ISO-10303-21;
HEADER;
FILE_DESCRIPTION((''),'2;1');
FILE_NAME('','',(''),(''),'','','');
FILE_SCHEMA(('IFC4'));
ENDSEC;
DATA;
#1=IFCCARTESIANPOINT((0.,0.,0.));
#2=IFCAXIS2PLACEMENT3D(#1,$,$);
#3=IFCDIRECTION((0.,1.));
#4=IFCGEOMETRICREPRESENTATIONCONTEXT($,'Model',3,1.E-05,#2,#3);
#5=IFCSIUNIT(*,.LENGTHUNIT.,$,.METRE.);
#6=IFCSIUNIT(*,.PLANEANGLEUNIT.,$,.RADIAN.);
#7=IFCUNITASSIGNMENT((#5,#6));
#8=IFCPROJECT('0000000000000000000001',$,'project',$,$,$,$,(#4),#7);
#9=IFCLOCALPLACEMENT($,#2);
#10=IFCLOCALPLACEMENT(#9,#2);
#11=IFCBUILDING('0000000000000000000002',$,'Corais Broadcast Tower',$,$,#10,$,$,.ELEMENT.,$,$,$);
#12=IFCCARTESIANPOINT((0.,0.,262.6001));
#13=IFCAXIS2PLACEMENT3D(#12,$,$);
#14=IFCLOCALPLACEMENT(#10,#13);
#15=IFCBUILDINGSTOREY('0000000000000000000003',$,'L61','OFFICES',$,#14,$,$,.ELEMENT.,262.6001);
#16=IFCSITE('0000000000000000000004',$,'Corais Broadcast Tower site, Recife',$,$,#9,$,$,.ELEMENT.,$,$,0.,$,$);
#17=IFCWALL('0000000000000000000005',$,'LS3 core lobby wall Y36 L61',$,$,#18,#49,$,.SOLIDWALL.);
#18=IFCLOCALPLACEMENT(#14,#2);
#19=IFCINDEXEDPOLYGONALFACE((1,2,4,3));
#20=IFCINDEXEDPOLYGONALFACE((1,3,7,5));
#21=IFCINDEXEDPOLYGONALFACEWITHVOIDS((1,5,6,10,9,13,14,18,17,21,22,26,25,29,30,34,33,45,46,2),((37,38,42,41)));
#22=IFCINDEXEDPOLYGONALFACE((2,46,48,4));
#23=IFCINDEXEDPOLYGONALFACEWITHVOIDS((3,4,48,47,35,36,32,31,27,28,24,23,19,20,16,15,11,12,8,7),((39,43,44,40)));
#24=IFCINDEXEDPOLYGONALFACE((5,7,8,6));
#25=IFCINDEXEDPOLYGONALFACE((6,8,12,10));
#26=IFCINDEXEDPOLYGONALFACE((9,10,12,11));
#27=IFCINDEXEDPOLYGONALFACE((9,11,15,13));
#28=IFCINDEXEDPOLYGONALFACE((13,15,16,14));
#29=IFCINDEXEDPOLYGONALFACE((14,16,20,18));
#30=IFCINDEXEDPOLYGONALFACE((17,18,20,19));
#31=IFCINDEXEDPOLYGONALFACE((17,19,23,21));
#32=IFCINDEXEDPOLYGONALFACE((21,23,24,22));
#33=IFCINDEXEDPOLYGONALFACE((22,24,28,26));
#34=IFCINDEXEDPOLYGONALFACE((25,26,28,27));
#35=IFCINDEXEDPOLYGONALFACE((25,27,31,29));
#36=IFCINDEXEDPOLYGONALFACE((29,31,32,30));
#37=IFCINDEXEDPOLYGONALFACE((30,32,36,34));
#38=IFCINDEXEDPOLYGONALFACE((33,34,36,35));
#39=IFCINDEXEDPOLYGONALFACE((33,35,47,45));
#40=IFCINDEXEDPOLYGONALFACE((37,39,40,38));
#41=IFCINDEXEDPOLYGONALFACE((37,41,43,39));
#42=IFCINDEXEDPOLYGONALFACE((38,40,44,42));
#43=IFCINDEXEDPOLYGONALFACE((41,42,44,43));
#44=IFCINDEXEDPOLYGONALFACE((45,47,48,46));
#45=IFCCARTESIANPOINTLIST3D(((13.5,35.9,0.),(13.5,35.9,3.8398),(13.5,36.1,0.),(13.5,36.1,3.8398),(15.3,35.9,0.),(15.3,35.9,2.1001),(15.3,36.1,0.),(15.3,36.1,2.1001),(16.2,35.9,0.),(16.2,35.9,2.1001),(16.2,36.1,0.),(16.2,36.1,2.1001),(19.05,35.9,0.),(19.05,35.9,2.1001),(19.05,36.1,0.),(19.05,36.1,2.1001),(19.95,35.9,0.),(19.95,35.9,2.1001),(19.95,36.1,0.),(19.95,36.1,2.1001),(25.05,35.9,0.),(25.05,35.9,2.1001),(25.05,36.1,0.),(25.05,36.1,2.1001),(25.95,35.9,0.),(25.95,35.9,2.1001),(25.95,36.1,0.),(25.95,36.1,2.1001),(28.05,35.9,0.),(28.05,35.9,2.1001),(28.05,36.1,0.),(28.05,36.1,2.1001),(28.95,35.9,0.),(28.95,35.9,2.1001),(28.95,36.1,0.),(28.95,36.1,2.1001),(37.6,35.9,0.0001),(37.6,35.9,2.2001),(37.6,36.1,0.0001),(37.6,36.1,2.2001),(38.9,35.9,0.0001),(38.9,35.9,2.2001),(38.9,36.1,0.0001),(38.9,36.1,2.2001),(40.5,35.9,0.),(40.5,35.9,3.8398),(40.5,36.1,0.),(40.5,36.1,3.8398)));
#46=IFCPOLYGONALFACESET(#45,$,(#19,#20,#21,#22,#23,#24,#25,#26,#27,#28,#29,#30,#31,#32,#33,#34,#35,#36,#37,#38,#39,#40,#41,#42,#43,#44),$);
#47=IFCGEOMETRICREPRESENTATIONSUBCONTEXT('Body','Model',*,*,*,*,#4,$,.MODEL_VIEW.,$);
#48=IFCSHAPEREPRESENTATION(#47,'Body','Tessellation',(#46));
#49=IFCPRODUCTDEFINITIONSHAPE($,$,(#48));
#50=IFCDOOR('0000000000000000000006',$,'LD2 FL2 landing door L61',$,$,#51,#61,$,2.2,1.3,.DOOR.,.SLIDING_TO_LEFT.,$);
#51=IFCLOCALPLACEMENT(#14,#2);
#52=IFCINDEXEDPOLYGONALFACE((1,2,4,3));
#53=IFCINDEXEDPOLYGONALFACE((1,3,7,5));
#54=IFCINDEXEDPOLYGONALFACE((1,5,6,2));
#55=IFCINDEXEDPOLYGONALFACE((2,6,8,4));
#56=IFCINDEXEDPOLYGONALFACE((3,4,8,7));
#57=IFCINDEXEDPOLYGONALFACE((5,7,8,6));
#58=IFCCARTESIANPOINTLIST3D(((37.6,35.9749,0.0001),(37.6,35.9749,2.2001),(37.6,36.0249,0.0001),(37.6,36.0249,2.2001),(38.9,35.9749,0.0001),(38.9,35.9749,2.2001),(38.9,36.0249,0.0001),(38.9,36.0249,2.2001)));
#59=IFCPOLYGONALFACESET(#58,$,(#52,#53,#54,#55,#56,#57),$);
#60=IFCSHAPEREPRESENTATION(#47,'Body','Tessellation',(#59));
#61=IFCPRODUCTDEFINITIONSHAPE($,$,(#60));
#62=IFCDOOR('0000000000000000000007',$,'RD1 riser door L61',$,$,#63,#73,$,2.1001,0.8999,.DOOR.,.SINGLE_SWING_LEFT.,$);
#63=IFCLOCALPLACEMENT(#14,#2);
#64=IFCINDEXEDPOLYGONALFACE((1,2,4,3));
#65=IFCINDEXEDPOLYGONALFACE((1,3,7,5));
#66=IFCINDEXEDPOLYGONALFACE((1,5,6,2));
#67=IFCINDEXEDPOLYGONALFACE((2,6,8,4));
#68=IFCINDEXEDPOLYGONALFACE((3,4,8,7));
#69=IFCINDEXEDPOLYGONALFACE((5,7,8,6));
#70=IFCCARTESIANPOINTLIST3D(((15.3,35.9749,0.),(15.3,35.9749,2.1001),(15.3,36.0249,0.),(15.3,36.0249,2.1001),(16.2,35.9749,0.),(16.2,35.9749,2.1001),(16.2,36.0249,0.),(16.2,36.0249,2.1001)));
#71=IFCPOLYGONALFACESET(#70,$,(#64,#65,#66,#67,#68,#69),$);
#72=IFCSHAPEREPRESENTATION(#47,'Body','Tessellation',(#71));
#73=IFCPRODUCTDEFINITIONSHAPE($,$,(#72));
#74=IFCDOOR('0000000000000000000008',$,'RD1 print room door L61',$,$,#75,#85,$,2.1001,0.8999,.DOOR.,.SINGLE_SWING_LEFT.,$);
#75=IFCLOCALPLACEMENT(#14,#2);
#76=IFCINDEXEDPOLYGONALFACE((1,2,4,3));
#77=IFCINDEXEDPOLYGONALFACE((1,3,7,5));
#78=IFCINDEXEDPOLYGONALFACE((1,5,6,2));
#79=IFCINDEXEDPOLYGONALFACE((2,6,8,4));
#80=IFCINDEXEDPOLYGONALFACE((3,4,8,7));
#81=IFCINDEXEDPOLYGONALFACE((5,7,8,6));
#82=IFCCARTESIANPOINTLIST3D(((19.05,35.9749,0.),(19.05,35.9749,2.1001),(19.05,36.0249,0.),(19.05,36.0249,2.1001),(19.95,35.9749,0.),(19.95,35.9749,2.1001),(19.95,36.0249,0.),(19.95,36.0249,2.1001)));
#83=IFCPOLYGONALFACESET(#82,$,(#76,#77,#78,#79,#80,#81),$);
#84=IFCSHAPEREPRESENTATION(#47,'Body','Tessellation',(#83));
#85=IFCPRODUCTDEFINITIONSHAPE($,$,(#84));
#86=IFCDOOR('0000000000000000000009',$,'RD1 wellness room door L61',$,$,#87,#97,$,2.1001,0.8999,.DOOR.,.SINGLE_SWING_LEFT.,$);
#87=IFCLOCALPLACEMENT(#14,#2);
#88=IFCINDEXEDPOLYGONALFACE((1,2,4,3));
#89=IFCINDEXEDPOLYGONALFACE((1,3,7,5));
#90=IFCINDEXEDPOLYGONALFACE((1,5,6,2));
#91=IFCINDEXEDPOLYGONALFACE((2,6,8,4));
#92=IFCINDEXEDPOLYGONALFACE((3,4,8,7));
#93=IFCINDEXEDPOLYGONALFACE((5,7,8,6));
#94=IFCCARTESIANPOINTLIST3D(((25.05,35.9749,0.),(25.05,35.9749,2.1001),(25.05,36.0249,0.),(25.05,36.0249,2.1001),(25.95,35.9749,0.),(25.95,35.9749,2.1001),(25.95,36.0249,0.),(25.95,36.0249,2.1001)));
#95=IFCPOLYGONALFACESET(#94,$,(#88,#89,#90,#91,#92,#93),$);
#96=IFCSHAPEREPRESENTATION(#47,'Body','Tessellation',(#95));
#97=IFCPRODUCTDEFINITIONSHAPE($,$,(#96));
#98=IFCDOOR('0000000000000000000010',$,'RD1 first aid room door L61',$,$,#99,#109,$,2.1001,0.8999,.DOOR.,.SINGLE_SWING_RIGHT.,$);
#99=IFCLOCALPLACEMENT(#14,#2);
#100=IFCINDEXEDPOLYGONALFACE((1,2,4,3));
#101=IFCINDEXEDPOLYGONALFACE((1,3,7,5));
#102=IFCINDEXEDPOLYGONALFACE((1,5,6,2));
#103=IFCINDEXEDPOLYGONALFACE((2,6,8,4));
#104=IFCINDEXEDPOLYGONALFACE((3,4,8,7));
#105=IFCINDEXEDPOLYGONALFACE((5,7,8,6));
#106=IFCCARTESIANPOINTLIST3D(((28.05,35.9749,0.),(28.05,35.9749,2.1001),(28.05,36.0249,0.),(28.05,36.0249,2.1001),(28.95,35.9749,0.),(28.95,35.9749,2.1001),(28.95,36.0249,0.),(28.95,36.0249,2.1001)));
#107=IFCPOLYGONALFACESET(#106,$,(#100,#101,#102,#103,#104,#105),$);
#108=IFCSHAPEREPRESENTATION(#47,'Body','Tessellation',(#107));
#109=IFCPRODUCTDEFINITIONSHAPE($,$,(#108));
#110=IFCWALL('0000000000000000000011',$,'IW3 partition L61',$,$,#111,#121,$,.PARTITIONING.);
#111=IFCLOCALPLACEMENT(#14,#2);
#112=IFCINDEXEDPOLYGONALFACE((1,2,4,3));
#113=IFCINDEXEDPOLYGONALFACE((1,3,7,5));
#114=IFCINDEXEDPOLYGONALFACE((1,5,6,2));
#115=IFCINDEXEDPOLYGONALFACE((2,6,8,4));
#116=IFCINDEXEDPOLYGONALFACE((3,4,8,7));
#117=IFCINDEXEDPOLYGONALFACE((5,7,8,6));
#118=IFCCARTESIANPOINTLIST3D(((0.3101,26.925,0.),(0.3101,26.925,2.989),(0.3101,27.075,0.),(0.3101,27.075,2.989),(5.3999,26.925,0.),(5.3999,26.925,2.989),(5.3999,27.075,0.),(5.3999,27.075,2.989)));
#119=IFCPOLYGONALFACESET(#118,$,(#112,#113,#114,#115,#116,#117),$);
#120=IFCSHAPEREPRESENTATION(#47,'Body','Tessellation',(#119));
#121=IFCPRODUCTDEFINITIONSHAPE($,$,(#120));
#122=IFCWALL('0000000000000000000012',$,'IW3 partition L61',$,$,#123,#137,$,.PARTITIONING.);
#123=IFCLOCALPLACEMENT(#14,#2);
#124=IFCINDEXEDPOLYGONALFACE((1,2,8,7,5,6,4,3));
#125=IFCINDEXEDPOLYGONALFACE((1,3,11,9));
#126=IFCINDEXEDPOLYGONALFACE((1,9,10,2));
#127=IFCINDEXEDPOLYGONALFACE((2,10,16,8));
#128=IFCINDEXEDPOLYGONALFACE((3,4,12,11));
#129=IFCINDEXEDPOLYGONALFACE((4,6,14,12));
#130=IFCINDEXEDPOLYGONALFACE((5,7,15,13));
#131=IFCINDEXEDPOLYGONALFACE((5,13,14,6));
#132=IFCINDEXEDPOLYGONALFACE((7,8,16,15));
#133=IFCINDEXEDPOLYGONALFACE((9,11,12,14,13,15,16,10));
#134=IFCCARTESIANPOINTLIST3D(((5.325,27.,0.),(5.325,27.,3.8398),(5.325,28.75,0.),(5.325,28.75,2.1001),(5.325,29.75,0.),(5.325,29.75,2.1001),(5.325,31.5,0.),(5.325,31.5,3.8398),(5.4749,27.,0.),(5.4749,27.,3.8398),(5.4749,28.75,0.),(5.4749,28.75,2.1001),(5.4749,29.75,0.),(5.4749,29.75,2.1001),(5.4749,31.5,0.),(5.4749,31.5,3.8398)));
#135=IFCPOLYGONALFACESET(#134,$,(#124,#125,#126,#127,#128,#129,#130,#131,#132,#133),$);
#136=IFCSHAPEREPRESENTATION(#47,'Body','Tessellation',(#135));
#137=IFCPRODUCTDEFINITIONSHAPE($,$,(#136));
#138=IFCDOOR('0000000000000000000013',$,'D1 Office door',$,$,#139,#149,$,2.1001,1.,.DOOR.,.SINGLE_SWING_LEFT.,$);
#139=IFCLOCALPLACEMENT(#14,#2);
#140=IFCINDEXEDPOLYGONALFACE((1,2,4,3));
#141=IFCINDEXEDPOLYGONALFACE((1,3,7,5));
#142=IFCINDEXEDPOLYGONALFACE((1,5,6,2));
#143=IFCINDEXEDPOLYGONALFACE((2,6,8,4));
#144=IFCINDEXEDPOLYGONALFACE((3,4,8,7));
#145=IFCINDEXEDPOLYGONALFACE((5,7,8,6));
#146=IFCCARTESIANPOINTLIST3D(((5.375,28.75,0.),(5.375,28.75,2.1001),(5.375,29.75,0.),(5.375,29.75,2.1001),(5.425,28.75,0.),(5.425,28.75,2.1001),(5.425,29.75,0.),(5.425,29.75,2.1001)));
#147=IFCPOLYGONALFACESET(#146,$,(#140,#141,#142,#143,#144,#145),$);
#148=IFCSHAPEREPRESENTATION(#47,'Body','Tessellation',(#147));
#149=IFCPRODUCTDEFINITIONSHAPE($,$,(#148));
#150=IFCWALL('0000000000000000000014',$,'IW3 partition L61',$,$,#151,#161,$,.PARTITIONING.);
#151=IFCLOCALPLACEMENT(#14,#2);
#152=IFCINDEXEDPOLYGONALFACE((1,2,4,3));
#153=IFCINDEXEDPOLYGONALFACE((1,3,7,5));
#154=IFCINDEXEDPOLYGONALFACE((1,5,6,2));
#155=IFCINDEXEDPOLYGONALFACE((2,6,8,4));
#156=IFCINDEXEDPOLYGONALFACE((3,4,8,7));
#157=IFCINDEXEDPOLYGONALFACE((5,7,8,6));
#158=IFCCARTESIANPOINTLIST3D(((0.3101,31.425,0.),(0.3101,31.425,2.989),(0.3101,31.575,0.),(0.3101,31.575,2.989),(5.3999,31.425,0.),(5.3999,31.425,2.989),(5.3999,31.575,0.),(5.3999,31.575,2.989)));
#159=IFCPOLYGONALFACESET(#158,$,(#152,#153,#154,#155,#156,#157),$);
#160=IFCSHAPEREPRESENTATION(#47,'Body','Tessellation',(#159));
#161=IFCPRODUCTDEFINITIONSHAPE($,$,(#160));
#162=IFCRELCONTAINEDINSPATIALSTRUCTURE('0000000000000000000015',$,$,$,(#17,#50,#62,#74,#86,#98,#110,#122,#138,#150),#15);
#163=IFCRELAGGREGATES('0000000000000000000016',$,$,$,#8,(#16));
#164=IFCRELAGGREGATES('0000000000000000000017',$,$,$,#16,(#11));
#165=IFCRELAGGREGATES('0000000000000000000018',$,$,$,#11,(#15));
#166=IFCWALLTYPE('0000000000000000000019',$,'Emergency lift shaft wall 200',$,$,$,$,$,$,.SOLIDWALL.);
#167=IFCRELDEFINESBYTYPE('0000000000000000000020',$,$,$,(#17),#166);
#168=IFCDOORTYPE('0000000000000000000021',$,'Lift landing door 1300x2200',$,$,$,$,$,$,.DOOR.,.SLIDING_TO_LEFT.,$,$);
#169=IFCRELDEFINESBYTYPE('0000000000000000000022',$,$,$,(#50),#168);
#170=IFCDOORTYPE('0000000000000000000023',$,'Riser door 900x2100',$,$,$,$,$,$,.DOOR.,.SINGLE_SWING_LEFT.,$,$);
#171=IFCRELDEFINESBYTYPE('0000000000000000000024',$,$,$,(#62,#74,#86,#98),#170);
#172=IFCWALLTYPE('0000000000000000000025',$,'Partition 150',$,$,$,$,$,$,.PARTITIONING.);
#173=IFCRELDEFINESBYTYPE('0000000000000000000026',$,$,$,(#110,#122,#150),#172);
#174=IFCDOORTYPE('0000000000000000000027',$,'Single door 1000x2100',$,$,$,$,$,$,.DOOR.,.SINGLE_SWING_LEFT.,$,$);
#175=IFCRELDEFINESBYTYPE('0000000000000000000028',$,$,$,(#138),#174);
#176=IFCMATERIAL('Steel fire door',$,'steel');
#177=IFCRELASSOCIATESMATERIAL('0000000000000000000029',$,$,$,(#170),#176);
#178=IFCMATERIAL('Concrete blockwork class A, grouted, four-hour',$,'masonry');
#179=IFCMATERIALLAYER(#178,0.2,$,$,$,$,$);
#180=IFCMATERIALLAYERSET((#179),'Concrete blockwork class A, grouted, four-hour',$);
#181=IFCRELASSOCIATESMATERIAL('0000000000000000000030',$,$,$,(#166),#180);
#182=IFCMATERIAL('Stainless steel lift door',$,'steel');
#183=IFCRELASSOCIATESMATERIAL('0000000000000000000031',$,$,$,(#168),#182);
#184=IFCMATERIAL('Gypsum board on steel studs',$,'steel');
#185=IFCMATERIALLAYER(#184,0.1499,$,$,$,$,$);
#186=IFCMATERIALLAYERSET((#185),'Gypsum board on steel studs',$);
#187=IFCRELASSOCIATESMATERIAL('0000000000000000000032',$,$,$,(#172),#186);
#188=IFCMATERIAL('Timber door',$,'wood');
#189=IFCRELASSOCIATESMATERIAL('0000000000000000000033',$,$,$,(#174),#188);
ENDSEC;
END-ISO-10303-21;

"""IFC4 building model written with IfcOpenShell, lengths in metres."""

from ifc_helpers import new_model, si_unit, direction, frame, frame_2d, origin, place, context, subcontext, project, spatial, rectangle, extrude, material, layer, layer_set, type_object, element, fill, save


model = new_model("IFC4")

# Units and contexts
model_context = context("Model", 3, precision=1e-05, world=origin(), true_north=direction((0.0, 1.0)))
body_context = subcontext(model_context, "Body", "Model", "MODEL_VIEW")
ifc_project = project(units=[si_unit("LENGTHUNIT", "METRE"), si_unit("PLANEANGLEUNIT", "RADIAN")], contexts=[model_context])

# Site, building, storey
site_placement = place(None, origin())
site = spatial("IfcSite", under=ifc_project, at=site_placement, Name="Corais Broadcast Tower site, Recife", CompositionType="ELEMENT", RefElevation=0.0)
building_placement = place(site_placement, origin())
building = spatial("IfcBuilding", under=site, at=building_placement, Name="Corais Broadcast Tower", CompositionType="ELEMENT")
storey_placement = place(building_placement, frame((0.0, 0.0, 262.6001)))
storey = spatial("IfcBuildingStorey", under=building, at=storey_placement, Name="L61", Description="OFFICES", CompositionType="ELEMENT", Elevation=262.6001)

# Wall, openings, doors
ifc_material_1 = material(Name="Steel fire door", Category="steel")
door_type_1 = type_object("IfcDoorType", Name="Riser door 900x2100", OperationType="SINGLE_SWING_LEFT", PredefinedType="DOOR", material=ifc_material_1)
ifc_material_2 = material(Name="Concrete blockwork class A, grouted, four-hour", Category="masonry")
ifc_layer_1 = layer(ifc_material_2, 0.2)
ifc_layer_set_1 = layer_set([ifc_layer_1], Name="Concrete blockwork class A, grouted, four-hour")
wall_type_1 = type_object("IfcWallType", Name="Emergency lift shaft wall 200", PredefinedType="SOLIDWALL", material=ifc_layer_set_1)
wall_1_placement = place(storey_placement, frame((13.5, 36.0, 0.0), z_axis=(0.0, 0.0, 1.0), x_axis=(1.0, 0.0, 0.0)))
wall_1 = element("IfcWall", 1, at=wall_1_placement, inside=storey, type_object=wall_type_1, Name="LS3 core lobby wall Y36 L61", PredefinedType="SOLIDWALL", context=body_context, shape_type="SweptSolid", body=[
    extrude(rectangle(XDim=27.0, YDim=0.2, at=frame_2d((13.5, 0.0))), origin(), (0.0, 0.0, 1.0), 3.8398),
])
opening_1_placement = place(wall_1_placement, frame((1.8, 0.0, 0.0)))
opening_1 = element("IfcOpeningElement", 2, at=opening_1_placement, cuts=wall_1, PredefinedType="OPENING", context=body_context, shape_type="SweptSolid", body=[
    extrude(rectangle(XDim=0.8999, YDim=2.1001, at=frame_2d((0.45, 1.05))), frame((0.0, 0.1099, 0.0), z_axis=(0.0, -1.0, 0.0), x_axis=(1.0, 0.0, 0.0)), (0.0, 0.0, 1.0), 0.22),
])
opening_2_placement = place(wall_1_placement, frame((5.55, 0.0, 0.0)))
opening_2 = element("IfcOpeningElement", 3, at=opening_2_placement, cuts=wall_1, PredefinedType="OPENING", context=body_context, shape_type="SweptSolid", body=[
    extrude(rectangle(XDim=0.8999, YDim=2.1001, at=frame_2d((0.45, 1.05))), frame((0.0, 0.1099, 0.0), z_axis=(0.0, -1.0, 0.0), x_axis=(1.0, 0.0, 0.0)), (0.0, 0.0, 1.0), 0.22),
])
opening_3_placement = place(wall_1_placement, frame((11.55, 0.0, 0.0)))
opening_3 = element("IfcOpeningElement", 4, at=opening_3_placement, cuts=wall_1, PredefinedType="OPENING", context=body_context, shape_type="SweptSolid", body=[
    extrude(rectangle(XDim=0.8999, YDim=2.1001, at=frame_2d((0.45, 1.05))), frame((0.0, 0.1099, 0.0), z_axis=(0.0, -1.0, 0.0), x_axis=(1.0, 0.0, 0.0)), (0.0, 0.0, 1.0), 0.22),
])
opening_4_placement = place(wall_1_placement, frame((14.55, 0.0, 0.0)))
opening_4 = element("IfcOpeningElement", 5, at=opening_4_placement, cuts=wall_1, PredefinedType="OPENING", context=body_context, shape_type="SweptSolid", body=[
    extrude(rectangle(XDim=0.8999, YDim=2.1001, at=frame_2d((0.45, 1.05))), frame((0.0, 0.1099, 0.0), z_axis=(0.0, -1.0, 0.0), x_axis=(1.0, 0.0, 0.0)), (0.0, 0.0, 1.0), 0.22),
])
opening_5_placement = place(wall_1_placement, frame((24.1001, 0.0, 0.0)))
opening_5 = element("IfcOpeningElement", 6, at=opening_5_placement, cuts=wall_1, PredefinedType="OPENING", context=body_context, shape_type="SweptSolid", body=[
    extrude(rectangle(XDim=1.3, YDim=2.2, at=frame_2d((0.6499, 1.1001))), frame((0.0, 0.1099, 0.0), z_axis=(0.0, -1.0, 0.0), x_axis=(1.0, 0.0, 0.0)), (0.0, 0.0, 1.0), 0.22),
])
ifc_material_3 = material(Name="Stainless steel lift door", Category="steel")
door_type_2 = type_object("IfcDoorType", Name="Lift landing door 1300x2200", OperationType="SLIDING_TO_LEFT", PredefinedType="DOOR", material=ifc_material_3)
door_1_placement = place(opening_5_placement, origin())
door_1 = element("IfcDoor", 7, at=door_1_placement, inside=storey, type_object=door_type_2, Name="LD2 FL2 landing door L61", OperationType="SLIDING_TO_LEFT", OverallHeight=2.2, OverallWidth=1.3, PredefinedType="DOOR", context=body_context, shape_type="SweptSolid", body=[
    extrude(rectangle(XDim=1.3, YDim=2.2, at=frame_2d((0.6499, 1.1001))), frame((0.0, 0.0249, 0.0), z_axis=(0.0, -1.0, 0.0), x_axis=(1.0, 0.0, 0.0)), (0.0, 0.0, 1.0), 0.05),
])
fill(opening_5, door_1)
door_2_placement = place(opening_1_placement, origin())
door_2 = element("IfcDoor", 8, at=door_2_placement, inside=storey, type_object=door_type_1, Name="RD1 riser door L61", OperationType="SINGLE_SWING_LEFT", OverallHeight=2.1001, OverallWidth=0.8999, PredefinedType="DOOR", context=body_context, shape_type="SweptSolid", body=[
    extrude(rectangle(XDim=0.8999, YDim=2.1001, at=frame_2d((0.45, 1.05))), frame((0.0, 0.0249, 0.0), z_axis=(0.0, -1.0, 0.0), x_axis=(1.0, 0.0, 0.0)), (0.0, 0.0, 1.0), 0.05),
])
fill(opening_1, door_2)
door_3_placement = place(opening_2_placement, origin())
door_3 = element("IfcDoor", 9, at=door_3_placement, inside=storey, type_object=door_type_1, Name="RD1 print room door L61", OperationType="SINGLE_SWING_LEFT", OverallHeight=2.1001, OverallWidth=0.8999, PredefinedType="DOOR", context=body_context, shape_type="SweptSolid", body=[
    extrude(rectangle(XDim=0.8999, YDim=2.1001, at=frame_2d((0.45, 1.05))), frame((0.0, 0.0249, 0.0), z_axis=(0.0, -1.0, 0.0), x_axis=(1.0, 0.0, 0.0)), (0.0, 0.0, 1.0), 0.05),
])
fill(opening_2, door_3)
door_4_placement = place(opening_3_placement, origin())
door_4 = element("IfcDoor", 10, at=door_4_placement, inside=storey, type_object=door_type_1, Name="RD1 wellness room door L61", OperationType="SINGLE_SWING_LEFT", OverallHeight=2.1001, OverallWidth=0.8999, PredefinedType="DOOR", context=body_context, shape_type="SweptSolid", body=[
    extrude(rectangle(XDim=0.8999, YDim=2.1001, at=frame_2d((0.45, 1.05))), frame((0.0, 0.0249, 0.0), z_axis=(0.0, -1.0, 0.0), x_axis=(1.0, 0.0, 0.0)), (0.0, 0.0, 1.0), 0.05),
])
fill(opening_3, door_4)
door_5_placement = place(opening_4_placement, origin())
door_5 = element("IfcDoor", 11, at=door_5_placement, inside=storey, type_object=door_type_1, Name="RD1 first aid room door L61", OperationType="SINGLE_SWING_RIGHT", OverallHeight=2.1001, OverallWidth=0.8999, PredefinedType="DOOR", context=body_context, shape_type="SweptSolid", body=[
    extrude(rectangle(XDim=0.8999, YDim=2.1001, at=frame_2d((0.45, 1.05))), frame((0.0, 0.0249, 0.0), z_axis=(0.0, -1.0, 0.0), x_axis=(1.0, 0.0, 0.0)), (0.0, 0.0, 1.0), 0.05),
])
fill(opening_4, door_5)

# Wall
ifc_material_4 = material(Name="Gypsum board on steel studs", Category="steel")
ifc_layer_2 = layer(ifc_material_4, 0.1499)
ifc_layer_set_2 = layer_set([ifc_layer_2], Name="Gypsum board on steel studs")
wall_type_2 = type_object("IfcWallType", Name="Partition 150", PredefinedType="PARTITIONING", material=ifc_layer_set_2)
wall_2_placement = place(storey_placement, frame((5.3999, 27.0, 0.0), z_axis=(0.0, 0.0, 1.0), x_axis=(-1.0, 0.0, 0.0)))
element("IfcWall", 12, at=wall_2_placement, inside=storey, type_object=wall_type_2, Name="IW3 partition L61", PredefinedType="PARTITIONING", context=body_context, shape_type="SweptSolid", body=[
    extrude(rectangle(XDim=5.0898, YDim=0.1499, at=frame_2d((2.5449, 0.0))), origin(), (0.0, 0.0, 1.0), 2.989),
])

# Wall, opening, door
wall_3_placement = place(storey_placement, frame((5.3999, 27.0, 0.0), z_axis=(0.0, 0.0, 1.0), x_axis=(0.0, 1.0, 0.0)))
wall_3 = element("IfcWall", 13, at=wall_3_placement, inside=storey, type_object=wall_type_2, Name="IW3 partition L61", PredefinedType="PARTITIONING", context=body_context, shape_type="SweptSolid", body=[
    extrude(rectangle(XDim=4.5, YDim=0.1499, at=frame_2d((2.25, 0.0))), origin(), (0.0, 0.0, 1.0), 3.8398),
])
opening_6_placement = place(wall_3_placement, frame((1.75, 0.0, 0.0)))
opening_6 = element("IfcOpeningElement", 14, at=opening_6_placement, cuts=wall_3, PredefinedType="OPENING", context=body_context, shape_type="SweptSolid", body=[
    extrude(rectangle(XDim=1.0, YDim=2.1001, at=frame_2d((0.5, 1.05))), frame((0.0, 0.085, 0.0), z_axis=(0.0, -1.0, 0.0), x_axis=(1.0, 0.0, 0.0)), (0.0, 0.0, 1.0), 0.1699),
])
ifc_material_5 = material(Name="Timber door", Category="wood")
door_type_3 = type_object("IfcDoorType", Name="Single door 1000x2100", OperationType="SINGLE_SWING_LEFT", PredefinedType="DOOR", material=ifc_material_5)
door_6_placement = place(opening_6_placement, origin())
door_6 = element("IfcDoor", 15, at=door_6_placement, inside=storey, type_object=door_type_3, Name="D1 Office door", OperationType="SINGLE_SWING_LEFT", OverallHeight=2.1001, OverallWidth=1.0, PredefinedType="DOOR", context=body_context, shape_type="SweptSolid", body=[
    extrude(rectangle(XDim=1.0, YDim=2.1001, at=frame_2d((0.5, 1.05))), frame((0.0, 0.0249, 0.0), z_axis=(0.0, -1.0, 0.0), x_axis=(1.0, 0.0, 0.0)), (0.0, 0.0, 1.0), 0.05),
])
fill(opening_6, door_6)

# Wall
wall_4_placement = place(storey_placement, frame((5.3999, 31.5, 0.0), z_axis=(0.0, 0.0, 1.0), x_axis=(-1.0, 0.0, 0.0)))
element("IfcWall", 16, at=wall_4_placement, inside=storey, type_object=wall_type_2, Name="IW3 partition L61", PredefinedType="PARTITIONING", context=body_context, shape_type="SweptSolid", body=[
    extrude(rectangle(XDim=5.0898, YDim=0.1499, at=frame_2d((2.5449, 0.0))), origin(), (0.0, 0.0, 1.0), 2.989),
])

save(model, "model.ifc")
